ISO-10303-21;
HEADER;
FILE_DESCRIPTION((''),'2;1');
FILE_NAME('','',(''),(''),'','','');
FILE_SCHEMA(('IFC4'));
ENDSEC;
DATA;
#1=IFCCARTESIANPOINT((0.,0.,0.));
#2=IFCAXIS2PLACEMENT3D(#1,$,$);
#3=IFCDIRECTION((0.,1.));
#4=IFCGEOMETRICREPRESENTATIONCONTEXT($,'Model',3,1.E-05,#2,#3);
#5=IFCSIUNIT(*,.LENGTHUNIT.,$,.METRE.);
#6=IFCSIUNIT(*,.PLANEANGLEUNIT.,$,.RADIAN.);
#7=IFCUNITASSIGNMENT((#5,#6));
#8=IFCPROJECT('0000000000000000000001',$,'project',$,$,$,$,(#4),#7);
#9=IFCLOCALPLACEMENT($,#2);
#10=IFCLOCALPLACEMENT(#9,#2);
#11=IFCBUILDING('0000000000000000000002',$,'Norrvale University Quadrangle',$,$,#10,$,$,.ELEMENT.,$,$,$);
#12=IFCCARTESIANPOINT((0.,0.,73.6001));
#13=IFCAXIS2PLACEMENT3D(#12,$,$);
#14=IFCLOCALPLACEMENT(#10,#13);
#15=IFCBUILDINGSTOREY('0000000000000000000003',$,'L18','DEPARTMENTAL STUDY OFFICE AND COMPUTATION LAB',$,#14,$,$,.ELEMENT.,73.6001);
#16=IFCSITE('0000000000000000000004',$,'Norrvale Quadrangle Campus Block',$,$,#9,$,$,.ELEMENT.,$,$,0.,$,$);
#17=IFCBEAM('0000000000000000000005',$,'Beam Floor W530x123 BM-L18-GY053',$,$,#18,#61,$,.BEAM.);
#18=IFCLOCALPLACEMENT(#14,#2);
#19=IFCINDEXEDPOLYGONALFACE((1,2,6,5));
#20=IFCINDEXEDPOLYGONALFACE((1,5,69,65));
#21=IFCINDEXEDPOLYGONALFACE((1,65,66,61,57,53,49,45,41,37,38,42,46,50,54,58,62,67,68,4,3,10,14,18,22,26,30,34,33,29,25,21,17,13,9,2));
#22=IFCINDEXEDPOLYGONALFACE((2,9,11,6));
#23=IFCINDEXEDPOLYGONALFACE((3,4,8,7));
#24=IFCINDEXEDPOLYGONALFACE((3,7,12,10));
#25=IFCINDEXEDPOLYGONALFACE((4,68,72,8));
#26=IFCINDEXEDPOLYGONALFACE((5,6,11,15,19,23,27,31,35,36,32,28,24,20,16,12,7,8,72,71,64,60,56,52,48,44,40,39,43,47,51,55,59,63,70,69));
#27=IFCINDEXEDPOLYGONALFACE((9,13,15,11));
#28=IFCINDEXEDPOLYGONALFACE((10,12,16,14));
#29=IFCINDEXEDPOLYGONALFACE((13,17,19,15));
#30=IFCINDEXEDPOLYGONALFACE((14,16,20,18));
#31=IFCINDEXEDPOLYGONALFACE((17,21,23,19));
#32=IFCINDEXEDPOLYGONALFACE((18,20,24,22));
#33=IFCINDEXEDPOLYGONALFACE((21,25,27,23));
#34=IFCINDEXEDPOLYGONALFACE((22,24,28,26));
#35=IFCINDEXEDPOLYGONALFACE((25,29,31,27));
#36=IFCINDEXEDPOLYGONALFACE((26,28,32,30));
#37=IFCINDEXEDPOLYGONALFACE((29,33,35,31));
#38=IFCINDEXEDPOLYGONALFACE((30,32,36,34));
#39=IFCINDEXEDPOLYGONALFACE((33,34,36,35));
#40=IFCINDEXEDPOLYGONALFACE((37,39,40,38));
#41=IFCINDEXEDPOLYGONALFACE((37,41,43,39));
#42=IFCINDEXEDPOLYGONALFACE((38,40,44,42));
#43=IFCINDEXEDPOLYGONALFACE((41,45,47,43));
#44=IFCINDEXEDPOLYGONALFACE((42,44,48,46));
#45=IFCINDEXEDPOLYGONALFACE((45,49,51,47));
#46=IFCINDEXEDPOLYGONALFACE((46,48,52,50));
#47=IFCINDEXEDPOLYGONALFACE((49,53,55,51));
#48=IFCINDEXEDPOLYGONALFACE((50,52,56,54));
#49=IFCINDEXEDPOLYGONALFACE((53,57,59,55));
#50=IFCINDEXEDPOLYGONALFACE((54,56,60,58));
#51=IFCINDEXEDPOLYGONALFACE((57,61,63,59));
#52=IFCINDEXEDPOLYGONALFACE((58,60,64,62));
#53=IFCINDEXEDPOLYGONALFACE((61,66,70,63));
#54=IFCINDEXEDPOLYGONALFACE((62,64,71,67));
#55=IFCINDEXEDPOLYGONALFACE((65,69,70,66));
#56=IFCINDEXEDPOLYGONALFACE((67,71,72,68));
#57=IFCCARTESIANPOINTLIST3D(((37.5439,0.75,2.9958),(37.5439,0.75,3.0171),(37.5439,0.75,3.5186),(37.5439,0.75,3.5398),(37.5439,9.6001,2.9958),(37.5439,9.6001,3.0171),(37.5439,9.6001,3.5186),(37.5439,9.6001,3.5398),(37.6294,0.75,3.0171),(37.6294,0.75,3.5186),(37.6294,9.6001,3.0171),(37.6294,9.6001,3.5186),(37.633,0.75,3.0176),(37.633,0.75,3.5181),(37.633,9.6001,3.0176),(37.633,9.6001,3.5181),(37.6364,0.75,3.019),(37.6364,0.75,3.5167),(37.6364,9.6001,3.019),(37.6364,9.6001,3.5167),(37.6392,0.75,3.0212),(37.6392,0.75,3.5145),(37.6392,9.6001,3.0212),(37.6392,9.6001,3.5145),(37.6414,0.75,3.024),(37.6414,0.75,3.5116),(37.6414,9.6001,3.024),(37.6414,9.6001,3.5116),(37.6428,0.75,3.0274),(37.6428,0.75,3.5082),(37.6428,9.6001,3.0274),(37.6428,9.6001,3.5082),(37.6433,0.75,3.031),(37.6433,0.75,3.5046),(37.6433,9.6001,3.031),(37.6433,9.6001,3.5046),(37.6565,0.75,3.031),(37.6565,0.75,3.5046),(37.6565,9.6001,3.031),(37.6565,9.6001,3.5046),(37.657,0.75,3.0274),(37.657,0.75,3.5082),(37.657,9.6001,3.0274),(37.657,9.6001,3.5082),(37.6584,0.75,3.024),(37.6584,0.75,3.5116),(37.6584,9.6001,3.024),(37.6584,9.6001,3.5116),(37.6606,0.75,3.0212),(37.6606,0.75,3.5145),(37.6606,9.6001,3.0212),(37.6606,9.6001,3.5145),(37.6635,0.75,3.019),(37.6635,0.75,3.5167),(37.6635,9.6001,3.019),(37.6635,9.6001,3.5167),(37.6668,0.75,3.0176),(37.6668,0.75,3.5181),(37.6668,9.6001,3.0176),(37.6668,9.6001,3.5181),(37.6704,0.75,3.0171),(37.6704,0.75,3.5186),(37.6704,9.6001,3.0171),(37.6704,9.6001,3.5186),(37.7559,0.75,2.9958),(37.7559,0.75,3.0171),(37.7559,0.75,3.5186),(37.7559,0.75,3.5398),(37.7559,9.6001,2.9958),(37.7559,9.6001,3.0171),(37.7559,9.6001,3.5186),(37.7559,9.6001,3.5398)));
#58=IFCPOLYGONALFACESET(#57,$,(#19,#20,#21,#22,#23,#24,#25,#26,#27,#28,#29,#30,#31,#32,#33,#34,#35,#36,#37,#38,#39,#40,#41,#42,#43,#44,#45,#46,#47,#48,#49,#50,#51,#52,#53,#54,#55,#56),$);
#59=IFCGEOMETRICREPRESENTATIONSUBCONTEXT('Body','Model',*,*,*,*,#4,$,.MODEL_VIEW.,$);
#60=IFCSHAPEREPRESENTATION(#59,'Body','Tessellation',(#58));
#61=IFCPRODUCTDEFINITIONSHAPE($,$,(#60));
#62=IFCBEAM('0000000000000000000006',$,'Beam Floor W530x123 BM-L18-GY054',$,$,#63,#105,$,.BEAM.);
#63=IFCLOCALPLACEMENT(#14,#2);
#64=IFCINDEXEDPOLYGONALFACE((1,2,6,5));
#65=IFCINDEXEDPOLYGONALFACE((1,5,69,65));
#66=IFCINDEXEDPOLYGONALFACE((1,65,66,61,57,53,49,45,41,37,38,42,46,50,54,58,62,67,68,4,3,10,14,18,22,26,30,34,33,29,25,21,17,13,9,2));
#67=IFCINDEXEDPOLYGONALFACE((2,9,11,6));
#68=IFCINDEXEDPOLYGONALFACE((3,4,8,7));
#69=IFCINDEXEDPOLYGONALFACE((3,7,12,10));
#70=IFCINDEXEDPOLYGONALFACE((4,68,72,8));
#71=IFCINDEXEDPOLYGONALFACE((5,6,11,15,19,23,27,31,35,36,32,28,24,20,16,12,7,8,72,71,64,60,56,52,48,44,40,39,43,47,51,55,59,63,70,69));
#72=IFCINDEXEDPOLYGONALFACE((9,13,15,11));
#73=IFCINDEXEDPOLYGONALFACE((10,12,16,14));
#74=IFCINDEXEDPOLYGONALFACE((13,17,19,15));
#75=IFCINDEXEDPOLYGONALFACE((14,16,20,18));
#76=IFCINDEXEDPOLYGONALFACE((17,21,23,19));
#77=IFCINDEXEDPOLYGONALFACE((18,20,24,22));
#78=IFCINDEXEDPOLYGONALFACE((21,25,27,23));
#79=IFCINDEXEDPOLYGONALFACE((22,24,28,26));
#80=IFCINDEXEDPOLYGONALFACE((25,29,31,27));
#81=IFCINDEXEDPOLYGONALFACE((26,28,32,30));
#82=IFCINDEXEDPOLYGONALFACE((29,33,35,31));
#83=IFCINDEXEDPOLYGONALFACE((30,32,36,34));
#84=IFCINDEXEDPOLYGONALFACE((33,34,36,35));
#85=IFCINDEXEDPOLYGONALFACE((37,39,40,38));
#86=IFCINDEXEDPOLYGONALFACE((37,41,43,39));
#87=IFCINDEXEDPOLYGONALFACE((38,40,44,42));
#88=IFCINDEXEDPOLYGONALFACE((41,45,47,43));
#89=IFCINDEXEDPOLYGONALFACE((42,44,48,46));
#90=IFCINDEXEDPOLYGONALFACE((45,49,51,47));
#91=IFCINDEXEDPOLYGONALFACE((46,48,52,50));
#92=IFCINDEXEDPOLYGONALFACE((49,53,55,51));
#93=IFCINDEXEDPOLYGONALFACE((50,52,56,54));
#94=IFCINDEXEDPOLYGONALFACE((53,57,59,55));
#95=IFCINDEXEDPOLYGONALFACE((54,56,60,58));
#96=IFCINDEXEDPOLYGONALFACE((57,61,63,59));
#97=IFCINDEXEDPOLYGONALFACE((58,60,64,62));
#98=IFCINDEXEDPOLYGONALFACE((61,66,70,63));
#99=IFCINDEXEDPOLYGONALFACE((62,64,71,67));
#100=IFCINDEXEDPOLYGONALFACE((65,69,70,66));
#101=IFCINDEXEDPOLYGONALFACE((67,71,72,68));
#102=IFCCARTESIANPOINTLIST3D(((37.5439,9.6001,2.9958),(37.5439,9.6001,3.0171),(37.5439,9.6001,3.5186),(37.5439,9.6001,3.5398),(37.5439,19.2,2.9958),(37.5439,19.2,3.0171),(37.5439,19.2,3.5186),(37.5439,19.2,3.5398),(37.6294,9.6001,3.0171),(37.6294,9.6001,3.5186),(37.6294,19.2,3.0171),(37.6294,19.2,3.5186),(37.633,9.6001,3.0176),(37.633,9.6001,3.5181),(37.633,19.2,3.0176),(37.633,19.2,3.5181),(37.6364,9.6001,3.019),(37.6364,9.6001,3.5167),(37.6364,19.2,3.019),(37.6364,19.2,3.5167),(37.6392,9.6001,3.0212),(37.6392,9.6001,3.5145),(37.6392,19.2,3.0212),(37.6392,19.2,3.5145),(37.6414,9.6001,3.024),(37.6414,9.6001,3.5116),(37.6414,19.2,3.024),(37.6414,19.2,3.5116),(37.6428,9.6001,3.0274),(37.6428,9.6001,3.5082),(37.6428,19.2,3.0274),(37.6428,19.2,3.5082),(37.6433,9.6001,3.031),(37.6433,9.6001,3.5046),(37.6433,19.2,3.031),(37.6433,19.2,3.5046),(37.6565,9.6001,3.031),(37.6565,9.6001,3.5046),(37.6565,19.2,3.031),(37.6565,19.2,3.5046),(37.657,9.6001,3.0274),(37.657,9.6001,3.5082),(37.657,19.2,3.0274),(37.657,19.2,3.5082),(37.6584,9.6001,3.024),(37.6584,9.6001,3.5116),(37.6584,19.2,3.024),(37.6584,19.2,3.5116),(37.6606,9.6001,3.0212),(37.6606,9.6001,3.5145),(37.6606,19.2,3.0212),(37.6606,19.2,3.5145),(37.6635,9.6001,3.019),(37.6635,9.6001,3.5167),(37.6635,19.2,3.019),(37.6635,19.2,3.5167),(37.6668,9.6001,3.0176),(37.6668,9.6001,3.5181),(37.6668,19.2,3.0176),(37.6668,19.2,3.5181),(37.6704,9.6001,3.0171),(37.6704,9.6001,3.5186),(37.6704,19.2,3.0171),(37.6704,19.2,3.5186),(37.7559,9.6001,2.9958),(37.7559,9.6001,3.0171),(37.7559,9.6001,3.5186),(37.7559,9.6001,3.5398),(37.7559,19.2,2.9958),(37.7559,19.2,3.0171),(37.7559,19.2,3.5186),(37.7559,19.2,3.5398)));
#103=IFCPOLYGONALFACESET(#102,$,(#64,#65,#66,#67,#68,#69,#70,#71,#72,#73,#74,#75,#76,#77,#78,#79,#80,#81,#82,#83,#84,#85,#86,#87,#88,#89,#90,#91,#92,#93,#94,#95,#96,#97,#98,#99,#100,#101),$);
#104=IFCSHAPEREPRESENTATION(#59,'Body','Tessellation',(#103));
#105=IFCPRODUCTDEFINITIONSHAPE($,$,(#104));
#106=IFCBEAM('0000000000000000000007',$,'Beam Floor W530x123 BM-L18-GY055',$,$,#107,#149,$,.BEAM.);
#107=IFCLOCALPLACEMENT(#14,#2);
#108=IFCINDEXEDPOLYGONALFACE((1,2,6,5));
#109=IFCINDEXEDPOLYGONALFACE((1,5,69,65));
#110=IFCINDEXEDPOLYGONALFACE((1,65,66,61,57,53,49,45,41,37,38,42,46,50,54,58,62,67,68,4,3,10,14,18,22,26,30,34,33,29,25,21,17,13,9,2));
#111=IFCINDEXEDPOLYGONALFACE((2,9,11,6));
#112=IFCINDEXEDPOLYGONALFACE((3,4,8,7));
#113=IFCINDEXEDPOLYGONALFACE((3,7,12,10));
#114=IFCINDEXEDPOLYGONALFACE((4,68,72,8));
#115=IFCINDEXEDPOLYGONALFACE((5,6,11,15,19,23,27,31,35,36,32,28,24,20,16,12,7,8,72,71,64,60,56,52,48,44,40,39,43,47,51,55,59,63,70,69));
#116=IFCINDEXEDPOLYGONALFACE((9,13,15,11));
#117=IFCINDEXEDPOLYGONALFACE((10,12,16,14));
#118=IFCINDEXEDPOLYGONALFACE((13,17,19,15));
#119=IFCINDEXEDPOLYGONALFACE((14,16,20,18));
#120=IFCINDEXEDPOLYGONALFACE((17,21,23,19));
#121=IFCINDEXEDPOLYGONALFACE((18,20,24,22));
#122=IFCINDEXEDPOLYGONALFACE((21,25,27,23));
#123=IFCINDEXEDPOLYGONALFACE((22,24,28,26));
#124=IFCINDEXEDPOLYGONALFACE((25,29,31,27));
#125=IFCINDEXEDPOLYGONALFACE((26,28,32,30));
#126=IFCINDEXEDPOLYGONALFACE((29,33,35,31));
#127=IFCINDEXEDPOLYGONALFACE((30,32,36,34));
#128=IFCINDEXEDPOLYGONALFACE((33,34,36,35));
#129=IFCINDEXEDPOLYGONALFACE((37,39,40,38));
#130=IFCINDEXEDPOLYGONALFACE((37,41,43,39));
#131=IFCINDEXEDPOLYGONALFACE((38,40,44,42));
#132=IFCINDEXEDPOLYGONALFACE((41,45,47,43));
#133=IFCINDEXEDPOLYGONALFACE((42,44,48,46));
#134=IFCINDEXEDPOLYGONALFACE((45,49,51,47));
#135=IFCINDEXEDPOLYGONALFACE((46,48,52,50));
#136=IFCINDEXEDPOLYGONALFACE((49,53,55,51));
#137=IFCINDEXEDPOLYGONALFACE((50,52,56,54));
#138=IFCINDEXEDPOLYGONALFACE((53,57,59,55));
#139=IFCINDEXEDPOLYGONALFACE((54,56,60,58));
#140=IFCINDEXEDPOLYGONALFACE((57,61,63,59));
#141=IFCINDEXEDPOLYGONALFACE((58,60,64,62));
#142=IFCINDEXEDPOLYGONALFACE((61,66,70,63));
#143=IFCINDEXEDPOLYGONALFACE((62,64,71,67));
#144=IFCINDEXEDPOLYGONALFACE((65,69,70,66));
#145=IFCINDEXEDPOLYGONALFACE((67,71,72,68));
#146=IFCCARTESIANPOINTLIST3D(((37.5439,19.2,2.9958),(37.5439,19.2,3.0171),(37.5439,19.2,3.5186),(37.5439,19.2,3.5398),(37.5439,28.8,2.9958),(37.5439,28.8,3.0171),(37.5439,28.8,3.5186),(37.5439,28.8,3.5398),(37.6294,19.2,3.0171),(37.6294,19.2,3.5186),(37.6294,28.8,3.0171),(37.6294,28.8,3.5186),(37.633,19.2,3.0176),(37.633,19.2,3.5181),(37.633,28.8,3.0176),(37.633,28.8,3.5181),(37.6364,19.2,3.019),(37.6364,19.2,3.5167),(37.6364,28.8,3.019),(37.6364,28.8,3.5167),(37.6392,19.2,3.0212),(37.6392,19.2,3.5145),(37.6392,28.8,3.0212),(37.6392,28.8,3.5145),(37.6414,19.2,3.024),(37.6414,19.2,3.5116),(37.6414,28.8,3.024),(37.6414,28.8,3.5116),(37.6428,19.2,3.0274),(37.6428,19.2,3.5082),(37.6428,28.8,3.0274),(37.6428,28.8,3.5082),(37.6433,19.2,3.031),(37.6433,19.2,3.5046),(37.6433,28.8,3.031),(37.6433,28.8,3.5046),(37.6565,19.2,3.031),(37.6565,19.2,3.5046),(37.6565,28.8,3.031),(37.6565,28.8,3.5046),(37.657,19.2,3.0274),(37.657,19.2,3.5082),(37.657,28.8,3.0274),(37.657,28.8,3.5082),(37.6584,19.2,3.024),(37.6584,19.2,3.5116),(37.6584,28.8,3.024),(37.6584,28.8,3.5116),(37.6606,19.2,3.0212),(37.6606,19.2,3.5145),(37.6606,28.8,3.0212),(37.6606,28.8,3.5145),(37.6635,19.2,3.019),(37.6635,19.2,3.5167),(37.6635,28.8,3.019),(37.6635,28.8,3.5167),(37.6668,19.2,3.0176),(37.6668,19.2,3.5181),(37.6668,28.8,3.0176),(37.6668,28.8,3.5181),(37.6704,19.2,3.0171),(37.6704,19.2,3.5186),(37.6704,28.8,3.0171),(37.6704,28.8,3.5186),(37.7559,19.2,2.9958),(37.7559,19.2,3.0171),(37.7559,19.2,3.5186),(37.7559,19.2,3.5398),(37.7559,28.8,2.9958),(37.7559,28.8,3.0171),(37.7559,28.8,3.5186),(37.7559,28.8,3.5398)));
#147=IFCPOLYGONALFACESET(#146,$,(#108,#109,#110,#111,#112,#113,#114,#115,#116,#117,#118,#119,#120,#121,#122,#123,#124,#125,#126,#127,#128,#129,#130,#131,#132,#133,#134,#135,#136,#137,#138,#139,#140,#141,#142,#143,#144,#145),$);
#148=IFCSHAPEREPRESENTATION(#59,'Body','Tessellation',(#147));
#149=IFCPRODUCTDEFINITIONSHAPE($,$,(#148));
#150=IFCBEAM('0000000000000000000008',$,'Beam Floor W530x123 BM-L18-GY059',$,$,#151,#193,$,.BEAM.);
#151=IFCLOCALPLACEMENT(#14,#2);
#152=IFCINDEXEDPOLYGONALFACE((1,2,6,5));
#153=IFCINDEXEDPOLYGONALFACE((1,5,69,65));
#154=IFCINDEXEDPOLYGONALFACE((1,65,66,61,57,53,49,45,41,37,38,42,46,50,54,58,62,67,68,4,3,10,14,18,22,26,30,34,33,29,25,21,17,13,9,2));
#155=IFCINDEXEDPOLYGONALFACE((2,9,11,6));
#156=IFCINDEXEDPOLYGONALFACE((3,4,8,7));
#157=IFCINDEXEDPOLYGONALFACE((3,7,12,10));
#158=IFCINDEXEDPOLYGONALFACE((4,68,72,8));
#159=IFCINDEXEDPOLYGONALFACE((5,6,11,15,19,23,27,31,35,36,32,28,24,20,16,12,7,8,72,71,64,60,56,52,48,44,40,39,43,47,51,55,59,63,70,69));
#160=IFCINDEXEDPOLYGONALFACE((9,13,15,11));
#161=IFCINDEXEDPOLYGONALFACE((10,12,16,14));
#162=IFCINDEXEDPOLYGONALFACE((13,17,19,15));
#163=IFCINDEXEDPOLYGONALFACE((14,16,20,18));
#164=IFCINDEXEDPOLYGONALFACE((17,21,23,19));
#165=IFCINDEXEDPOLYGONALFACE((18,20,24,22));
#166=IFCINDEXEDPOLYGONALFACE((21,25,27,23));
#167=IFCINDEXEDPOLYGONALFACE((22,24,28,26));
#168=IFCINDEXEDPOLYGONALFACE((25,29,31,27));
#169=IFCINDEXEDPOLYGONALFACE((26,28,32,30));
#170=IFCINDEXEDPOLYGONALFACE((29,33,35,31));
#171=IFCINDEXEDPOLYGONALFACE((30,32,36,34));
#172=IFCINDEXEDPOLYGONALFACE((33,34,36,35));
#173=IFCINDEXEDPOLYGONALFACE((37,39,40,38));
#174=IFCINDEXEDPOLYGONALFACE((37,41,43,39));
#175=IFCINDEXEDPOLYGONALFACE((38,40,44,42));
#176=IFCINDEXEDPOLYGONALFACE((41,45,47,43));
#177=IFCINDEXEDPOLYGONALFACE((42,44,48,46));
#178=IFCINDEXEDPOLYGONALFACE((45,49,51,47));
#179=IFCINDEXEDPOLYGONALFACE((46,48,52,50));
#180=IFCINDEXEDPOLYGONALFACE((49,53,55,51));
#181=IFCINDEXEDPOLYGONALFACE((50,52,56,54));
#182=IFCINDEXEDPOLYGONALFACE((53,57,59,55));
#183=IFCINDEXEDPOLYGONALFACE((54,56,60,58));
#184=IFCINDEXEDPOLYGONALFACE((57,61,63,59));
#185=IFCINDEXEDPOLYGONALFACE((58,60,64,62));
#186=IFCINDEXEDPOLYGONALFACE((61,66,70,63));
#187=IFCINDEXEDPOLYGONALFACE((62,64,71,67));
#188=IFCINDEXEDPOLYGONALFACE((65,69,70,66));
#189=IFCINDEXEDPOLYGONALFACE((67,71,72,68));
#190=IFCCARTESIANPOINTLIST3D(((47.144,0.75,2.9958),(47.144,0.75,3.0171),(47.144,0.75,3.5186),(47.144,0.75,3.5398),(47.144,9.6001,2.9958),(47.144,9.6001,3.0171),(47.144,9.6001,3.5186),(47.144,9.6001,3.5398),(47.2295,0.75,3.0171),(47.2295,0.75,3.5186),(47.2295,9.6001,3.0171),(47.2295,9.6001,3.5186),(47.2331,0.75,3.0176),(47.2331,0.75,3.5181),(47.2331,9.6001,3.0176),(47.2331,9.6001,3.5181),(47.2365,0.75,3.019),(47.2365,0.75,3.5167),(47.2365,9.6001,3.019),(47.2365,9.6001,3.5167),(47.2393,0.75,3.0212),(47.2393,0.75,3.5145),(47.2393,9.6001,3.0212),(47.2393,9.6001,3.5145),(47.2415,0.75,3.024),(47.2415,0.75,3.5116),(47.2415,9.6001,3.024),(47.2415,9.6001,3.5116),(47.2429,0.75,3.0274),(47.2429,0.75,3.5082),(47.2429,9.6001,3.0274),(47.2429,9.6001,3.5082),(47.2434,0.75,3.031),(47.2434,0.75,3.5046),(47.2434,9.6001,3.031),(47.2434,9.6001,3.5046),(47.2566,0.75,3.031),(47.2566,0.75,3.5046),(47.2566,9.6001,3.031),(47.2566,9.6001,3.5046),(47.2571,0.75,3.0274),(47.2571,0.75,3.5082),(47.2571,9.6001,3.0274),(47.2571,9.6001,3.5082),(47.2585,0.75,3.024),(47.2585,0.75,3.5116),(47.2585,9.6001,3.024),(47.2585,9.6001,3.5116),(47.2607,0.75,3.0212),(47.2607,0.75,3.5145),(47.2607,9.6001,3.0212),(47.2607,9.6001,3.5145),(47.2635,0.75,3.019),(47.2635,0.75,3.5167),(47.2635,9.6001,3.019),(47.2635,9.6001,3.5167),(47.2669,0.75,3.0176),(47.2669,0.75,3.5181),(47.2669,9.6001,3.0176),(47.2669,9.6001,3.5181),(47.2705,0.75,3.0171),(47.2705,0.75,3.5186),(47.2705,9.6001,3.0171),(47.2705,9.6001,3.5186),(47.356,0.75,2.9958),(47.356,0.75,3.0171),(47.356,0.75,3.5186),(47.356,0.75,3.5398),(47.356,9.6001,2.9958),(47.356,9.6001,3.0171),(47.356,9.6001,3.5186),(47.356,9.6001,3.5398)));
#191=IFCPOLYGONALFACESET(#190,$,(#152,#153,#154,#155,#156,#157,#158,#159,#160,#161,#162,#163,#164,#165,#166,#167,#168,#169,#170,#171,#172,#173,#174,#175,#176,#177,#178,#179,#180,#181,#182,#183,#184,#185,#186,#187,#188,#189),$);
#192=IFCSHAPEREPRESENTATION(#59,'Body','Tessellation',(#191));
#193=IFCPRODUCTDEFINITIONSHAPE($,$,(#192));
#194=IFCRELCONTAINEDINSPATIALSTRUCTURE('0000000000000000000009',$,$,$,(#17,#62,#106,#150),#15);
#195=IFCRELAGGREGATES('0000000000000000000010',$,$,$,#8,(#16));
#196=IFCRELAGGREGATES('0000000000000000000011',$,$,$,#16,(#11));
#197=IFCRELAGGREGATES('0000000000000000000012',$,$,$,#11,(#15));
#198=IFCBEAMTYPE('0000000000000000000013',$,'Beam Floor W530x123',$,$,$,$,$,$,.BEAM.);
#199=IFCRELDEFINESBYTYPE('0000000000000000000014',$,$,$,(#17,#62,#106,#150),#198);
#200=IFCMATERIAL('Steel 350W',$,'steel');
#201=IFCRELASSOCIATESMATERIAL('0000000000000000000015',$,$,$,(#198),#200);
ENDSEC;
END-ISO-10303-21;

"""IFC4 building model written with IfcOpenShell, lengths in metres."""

from ifc_helpers import new_model, si_unit, direction, frame, origin, origin_2d, place, context, subcontext, project, spatial, i_section, extrude, material, material_profile, profile_set, type_object, element, save


model = new_model("IFC4")

# Units and contexts
model_context = context("Model", 3, precision=1e-05, world=origin(), true_north=direction((0.0, 1.0)))
body_context = subcontext(model_context, "Body", "Model", "MODEL_VIEW")
ifc_project = project(units=[si_unit("LENGTHUNIT", "METRE"), si_unit("PLANEANGLEUNIT", "RADIAN")], contexts=[model_context])

# Site, building, storey
site_placement = place(None, origin())
site = spatial("IfcSite", under=ifc_project, at=site_placement, Name="Norrvale Quadrangle Campus Block", CompositionType="ELEMENT", RefElevation=0.0)
building_placement = place(site_placement, origin())
building = spatial("IfcBuilding", under=site, at=building_placement, Name="Norrvale University Quadrangle", CompositionType="ELEMENT")
storey_placement = place(building_placement, frame((0.0, 0.0, 73.6001)))
storey = spatial("IfcBuildingStorey", under=building, at=storey_placement, Name="L18", Description="DEPARTMENTAL STUDY OFFICE AND COMPUTATION LAB", CompositionType="ELEMENT", Elevation=73.6001)

# Beams
ifc_material_1 = material(Name="Steel 350W", Category="steel")
ifc_material_profile_1 = material_profile(ifc_material_1, i_section(OverallWidth=0.2119, OverallDepth=0.5439, WebThickness=0.0132, FlangeThickness=0.0212, FilletRadius=0.0139, at=origin_2d()), Name="Steel 350W")
ifc_profile_set_1 = profile_set([ifc_material_profile_1], Name="Steel 350W")
beam_type_1 = type_object("IfcBeamType", Name="Beam Floor W530x123", PredefinedType="BEAM", material=ifc_profile_set_1)
beam_1_placement = place(storey_placement, frame((37.6499, 0.75, 3.2678), z_axis=(0.0, 1.0, 0.0), x_axis=(-1.0, 0.0, 0.0)))
element("IfcBeam", 1, at=beam_1_placement, inside=storey, type_object=beam_type_1, Name="Beam Floor W530x123 BM-L18-GY053", PredefinedType="BEAM", context=body_context, shape_type="SweptSolid", body=[
    extrude(i_section(OverallWidth=0.2119, OverallDepth=0.5439, WebThickness=0.0132, FlangeThickness=0.0212, FilletRadius=0.0139, at=origin_2d()), origin(), (0.0, 0.0, 1.0), 8.8501),
])
beam_2_placement = place(storey_placement, frame((37.6499, 9.6001, 3.2678), z_axis=(0.0, 1.0, 0.0), x_axis=(-1.0, 0.0, 0.0)))
element("IfcBeam", 2, at=beam_2_placement, inside=storey, type_object=beam_type_1, Name="Beam Floor W530x123 BM-L18-GY054", PredefinedType="BEAM", context=body_context, shape_type="SweptSolid", body=[
    extrude(i_section(OverallWidth=0.2119, OverallDepth=0.5439, WebThickness=0.0132, FlangeThickness=0.0212, FilletRadius=0.0139, at=origin_2d()), origin(), (0.0, 0.0, 1.0), 9.5999),
])
beam_3_placement = place(storey_placement, frame((37.6499, 19.2, 3.2678), z_axis=(0.0, 1.0, 0.0), x_axis=(-1.0, 0.0, 0.0)))
element("IfcBeam", 3, at=beam_3_placement, inside=storey, type_object=beam_type_1, Name="Beam Floor W530x123 BM-L18-GY055", PredefinedType="BEAM", context=body_context, shape_type="SweptSolid", body=[
    extrude(i_section(OverallWidth=0.2119, OverallDepth=0.5439, WebThickness=0.0132, FlangeThickness=0.0212, FilletRadius=0.0139, at=origin_2d()), origin(), (0.0, 0.0, 1.0), 9.6001),
])
beam_4_placement = place(storey_placement, frame((47.25, 0.75, 3.2678), z_axis=(0.0, 1.0, 0.0), x_axis=(-1.0, 0.0, 0.0)))
element("IfcBeam", 4, at=beam_4_placement, inside=storey, type_object=beam_type_1, Name="Beam Floor W530x123 BM-L18-GY059", PredefinedType="BEAM", context=body_context, shape_type="SweptSolid", body=[
    extrude(i_section(OverallWidth=0.2119, OverallDepth=0.5439, WebThickness=0.0132, FlangeThickness=0.0212, FilletRadius=0.0139, at=origin_2d()), origin(), (0.0, 0.0, 1.0), 8.8501),
])

save(model, "model.ifc")
